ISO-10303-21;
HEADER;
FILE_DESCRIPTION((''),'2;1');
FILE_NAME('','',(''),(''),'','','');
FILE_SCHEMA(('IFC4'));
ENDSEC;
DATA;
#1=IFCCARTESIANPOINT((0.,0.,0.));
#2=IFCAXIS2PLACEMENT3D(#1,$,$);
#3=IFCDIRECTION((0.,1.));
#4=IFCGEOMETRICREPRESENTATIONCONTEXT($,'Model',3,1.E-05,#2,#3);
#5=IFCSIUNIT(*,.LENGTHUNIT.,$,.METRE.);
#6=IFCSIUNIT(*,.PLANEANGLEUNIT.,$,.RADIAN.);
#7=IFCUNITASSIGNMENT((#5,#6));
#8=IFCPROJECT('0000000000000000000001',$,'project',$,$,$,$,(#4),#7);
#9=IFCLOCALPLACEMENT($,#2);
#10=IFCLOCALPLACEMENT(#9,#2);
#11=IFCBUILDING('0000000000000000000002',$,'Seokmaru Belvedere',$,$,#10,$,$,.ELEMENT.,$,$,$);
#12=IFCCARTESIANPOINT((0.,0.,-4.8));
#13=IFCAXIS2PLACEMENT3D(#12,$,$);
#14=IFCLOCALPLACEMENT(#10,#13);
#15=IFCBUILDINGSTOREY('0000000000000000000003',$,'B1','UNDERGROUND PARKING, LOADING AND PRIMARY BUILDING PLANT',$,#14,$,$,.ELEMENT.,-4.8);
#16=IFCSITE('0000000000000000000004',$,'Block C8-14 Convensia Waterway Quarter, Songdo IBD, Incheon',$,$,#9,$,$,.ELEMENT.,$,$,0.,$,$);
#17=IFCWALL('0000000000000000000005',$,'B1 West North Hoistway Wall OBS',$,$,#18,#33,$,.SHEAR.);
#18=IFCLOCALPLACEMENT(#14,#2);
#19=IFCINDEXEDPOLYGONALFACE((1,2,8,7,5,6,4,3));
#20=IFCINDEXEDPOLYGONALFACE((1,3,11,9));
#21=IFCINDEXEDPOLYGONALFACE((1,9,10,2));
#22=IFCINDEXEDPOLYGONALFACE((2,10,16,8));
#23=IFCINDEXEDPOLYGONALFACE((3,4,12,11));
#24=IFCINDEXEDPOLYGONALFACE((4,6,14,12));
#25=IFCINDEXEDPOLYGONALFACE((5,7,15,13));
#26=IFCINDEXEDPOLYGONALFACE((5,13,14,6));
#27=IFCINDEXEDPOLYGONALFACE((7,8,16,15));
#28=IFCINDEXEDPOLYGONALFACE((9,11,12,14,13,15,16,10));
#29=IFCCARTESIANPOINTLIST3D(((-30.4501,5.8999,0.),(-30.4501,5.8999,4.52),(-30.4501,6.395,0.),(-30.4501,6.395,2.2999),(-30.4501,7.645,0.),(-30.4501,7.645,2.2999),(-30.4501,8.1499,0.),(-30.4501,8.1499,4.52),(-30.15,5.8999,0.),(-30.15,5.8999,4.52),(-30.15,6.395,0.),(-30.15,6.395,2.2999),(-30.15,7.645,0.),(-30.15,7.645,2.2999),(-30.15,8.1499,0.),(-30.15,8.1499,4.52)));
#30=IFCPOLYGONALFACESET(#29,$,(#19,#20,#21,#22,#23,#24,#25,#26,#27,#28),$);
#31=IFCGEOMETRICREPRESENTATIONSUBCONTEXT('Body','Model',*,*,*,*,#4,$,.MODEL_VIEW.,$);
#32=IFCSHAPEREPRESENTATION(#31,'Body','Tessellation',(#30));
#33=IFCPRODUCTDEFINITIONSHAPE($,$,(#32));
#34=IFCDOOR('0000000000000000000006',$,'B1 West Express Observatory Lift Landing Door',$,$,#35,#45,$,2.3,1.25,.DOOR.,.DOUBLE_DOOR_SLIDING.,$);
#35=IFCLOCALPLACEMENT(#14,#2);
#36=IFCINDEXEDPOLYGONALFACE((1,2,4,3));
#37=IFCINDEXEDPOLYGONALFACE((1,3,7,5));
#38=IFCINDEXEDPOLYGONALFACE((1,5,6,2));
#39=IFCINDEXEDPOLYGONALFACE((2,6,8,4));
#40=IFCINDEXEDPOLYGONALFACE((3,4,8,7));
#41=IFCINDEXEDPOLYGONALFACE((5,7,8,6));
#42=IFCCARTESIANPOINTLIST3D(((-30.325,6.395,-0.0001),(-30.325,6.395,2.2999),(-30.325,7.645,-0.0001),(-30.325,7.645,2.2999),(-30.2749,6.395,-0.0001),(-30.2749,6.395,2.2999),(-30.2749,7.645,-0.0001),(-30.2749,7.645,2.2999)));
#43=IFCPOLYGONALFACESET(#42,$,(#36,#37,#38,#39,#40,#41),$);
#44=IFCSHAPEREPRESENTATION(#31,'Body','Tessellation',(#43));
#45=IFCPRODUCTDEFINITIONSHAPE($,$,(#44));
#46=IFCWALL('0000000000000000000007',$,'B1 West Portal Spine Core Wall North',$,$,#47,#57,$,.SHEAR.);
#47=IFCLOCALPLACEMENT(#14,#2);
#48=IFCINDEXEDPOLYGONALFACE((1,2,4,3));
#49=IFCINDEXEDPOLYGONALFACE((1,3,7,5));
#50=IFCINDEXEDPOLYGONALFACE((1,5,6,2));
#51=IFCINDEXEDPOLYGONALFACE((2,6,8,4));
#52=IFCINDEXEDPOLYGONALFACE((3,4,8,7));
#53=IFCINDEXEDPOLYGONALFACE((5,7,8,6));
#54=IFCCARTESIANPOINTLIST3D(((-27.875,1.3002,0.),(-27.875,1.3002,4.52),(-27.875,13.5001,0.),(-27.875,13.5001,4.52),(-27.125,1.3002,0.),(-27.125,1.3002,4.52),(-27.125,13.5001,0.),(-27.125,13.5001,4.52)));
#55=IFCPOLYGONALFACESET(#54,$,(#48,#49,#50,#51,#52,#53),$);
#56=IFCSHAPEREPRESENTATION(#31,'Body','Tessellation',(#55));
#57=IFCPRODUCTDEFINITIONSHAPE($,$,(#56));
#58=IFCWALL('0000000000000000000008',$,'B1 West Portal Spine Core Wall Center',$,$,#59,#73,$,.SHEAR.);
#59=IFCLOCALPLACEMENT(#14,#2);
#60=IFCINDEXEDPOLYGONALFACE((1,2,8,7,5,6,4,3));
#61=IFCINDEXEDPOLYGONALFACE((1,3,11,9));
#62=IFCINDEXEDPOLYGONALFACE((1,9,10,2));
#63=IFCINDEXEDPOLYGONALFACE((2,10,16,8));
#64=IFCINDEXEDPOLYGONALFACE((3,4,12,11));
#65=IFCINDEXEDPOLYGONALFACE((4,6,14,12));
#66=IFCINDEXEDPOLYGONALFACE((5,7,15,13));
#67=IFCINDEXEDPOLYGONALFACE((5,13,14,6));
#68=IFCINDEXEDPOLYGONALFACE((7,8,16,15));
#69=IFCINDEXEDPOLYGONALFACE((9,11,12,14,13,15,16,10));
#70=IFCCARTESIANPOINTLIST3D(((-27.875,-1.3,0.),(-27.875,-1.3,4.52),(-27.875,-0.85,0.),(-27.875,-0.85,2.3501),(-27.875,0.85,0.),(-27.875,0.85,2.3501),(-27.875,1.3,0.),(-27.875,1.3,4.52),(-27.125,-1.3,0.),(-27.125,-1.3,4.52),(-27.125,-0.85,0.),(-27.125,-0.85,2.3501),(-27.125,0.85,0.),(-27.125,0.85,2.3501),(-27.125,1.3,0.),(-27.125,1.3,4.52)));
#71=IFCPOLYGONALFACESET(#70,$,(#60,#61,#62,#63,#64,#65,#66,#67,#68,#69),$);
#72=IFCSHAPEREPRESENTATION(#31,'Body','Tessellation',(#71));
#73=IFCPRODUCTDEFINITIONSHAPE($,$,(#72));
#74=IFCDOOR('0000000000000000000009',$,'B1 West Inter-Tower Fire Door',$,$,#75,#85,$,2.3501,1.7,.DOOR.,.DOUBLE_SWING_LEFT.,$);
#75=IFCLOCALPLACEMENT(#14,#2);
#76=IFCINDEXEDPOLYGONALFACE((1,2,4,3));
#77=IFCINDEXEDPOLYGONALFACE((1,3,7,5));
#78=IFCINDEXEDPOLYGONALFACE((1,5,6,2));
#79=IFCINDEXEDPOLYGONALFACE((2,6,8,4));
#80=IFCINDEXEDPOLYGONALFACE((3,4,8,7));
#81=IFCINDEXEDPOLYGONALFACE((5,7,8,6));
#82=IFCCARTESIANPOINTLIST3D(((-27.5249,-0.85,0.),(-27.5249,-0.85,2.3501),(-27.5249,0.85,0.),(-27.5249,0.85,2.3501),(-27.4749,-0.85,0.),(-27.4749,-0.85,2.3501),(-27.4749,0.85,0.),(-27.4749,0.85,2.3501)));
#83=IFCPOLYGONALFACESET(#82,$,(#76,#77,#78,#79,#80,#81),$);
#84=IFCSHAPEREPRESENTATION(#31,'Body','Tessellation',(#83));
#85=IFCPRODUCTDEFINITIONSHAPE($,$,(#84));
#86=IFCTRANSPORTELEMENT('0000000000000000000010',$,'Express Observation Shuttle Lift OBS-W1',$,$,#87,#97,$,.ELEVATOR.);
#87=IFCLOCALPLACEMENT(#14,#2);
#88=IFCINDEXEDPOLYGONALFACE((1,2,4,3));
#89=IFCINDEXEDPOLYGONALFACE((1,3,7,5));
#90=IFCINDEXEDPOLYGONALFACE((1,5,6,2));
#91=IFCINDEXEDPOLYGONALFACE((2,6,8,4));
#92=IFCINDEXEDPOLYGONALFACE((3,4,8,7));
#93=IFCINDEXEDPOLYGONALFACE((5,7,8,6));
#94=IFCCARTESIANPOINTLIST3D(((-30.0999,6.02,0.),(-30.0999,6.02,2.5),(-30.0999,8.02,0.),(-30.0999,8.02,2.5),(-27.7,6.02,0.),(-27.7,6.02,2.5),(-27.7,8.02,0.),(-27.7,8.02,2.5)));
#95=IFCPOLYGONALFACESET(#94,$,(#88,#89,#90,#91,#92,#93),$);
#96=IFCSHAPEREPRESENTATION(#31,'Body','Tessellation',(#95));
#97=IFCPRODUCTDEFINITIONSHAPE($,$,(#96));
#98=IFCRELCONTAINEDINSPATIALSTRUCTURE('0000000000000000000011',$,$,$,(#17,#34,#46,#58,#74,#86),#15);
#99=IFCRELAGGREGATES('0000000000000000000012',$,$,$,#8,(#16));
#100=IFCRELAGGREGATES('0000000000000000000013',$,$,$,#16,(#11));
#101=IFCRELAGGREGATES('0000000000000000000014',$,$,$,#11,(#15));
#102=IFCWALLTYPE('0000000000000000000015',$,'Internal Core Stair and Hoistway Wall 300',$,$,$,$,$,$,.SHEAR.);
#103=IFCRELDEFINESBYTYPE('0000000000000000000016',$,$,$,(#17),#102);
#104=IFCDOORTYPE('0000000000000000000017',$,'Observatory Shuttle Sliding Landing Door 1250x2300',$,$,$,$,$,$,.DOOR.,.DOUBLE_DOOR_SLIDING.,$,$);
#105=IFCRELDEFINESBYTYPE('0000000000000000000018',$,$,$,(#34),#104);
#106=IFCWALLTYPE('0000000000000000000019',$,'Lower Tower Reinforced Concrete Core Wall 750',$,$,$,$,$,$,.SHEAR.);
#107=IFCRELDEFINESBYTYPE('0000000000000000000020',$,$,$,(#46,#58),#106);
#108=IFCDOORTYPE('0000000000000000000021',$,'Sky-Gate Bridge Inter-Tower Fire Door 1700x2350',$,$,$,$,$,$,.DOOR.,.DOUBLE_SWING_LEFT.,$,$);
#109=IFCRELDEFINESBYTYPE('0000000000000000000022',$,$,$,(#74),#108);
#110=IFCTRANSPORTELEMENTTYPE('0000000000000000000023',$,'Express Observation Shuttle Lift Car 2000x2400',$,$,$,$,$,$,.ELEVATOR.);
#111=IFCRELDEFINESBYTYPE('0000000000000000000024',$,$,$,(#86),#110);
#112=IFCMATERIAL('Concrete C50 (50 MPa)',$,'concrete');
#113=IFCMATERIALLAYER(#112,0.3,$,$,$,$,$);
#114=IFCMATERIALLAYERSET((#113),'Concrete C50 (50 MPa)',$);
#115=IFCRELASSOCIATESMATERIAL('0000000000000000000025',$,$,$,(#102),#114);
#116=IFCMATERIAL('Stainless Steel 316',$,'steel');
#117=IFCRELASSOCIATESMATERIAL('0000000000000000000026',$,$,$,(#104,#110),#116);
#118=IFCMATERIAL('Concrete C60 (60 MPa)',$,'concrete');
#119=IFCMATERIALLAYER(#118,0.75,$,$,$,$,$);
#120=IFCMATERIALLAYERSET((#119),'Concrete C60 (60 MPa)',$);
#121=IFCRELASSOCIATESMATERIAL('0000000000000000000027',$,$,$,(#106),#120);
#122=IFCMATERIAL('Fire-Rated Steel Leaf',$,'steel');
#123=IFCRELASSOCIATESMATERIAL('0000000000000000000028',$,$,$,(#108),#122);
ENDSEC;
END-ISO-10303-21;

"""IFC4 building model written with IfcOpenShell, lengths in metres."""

from ifc_helpers import new_model, si_unit, direction, frame, frame_2d, origin, origin_2d, place, context, subcontext, project, spatial, rectangle, extrude, source, transform, mapped, material, layer, layer_set, type_object, type_shapes, element, fill, save


model = new_model("IFC4")

# Units and contexts
model_context = context("Model", 3, precision=1e-05, world=origin(), true_north=direction((0.0, 1.0)))
body_context = subcontext(model_context, "Body", "Model", "MODEL_VIEW")
ifc_project = project(units=[si_unit("LENGTHUNIT", "METRE"), si_unit("PLANEANGLEUNIT", "RADIAN")], contexts=[model_context])

# Site, building, storey
site_placement = place(None, origin())
site = spatial("IfcSite", under=ifc_project, at=site_placement, Name="Block C8-14 Convensia Waterway Quarter, Songdo IBD, Incheon", CompositionType="ELEMENT", RefElevation=0.0)
building_placement = place(site_placement, origin())
building = spatial("IfcBuilding", under=site, at=building_placement, Name="Seokmaru Belvedere", CompositionType="ELEMENT")
storey_placement = place(building_placement, frame((0.0, 0.0, -4.8)))
storey = spatial("IfcBuildingStorey", under=building, at=storey_placement, Name="B1", Description="UNDERGROUND PARKING, LOADING AND PRIMARY BUILDING PLANT", CompositionType="ELEMENT", Elevation=-4.8)

# Shared definitions
ifc_material_1 = material(Name="Concrete C60 (60 MPa)", Category="concrete")

# Shared definitions
ifc_material_2 = material(Name="Concrete C50 (50 MPa)", Category="concrete")

# Shared definitions
ifc_material_3 = material(Name="Fire-Rated Steel Leaf", Category="steel")

# Shared definitions
ifc_layer_1 = layer(ifc_material_2, 0.3)
ifc_layer_set_1 = layer_set([ifc_layer_1], Name="Concrete C50 (50 MPa)")
wall_type_1 = type_object("IfcWallType", Name="Internal Core Stair and Hoistway Wall 300", PredefinedType="SHEAR", material=ifc_layer_set_1)

# Wall, opening, door
wall_1_placement = place(storey_placement, frame((-30.3, 5.8999, 0.0), z_axis=(0.0, 0.0, 1.0), x_axis=(0.0, 1.0, 0.0)))
wall_1 = element("IfcWall", 1, at=wall_1_placement, inside=storey, type_object=wall_type_1, Name="B1 West North Hoistway Wall OBS", PredefinedType="SHEAR", context=body_context, shape_type="SweptSolid", body=[
    extrude(rectangle(XDim=2.25, YDim=0.3, at=frame_2d((1.125, 0.0))), origin(), (0.0, 0.0, 1.0), 4.52),
])
opening_1_placement = place(wall_1_placement, frame((0.4951, 0.0, 0.0)))
opening_1 = element("IfcOpeningElement", 2, at=opening_1_placement, cuts=wall_1, PredefinedType="OPENING", context=body_context, shape_type="SweptSolid", body=[
    extrude(rectangle(XDim=1.25, YDim=2.3, at=frame_2d((0.625, 1.1499))), frame((0.0, 0.1602, 0.0), z_axis=(0.0, -1.0, 0.0), x_axis=(1.0, 0.0, 0.0)), (0.0, 0.0, 1.0), 0.3201),
])
ifc_material_4 = material(Name="Stainless Steel 316", Category="steel")
door_type_1 = type_object("IfcDoorType", Name="Observatory Shuttle Sliding Landing Door 1250x2300", OperationType="DOUBLE_DOOR_SLIDING", PredefinedType="DOOR", material=ifc_material_4)
shared_shape_1 = source(origin(), body_context, "Body", "SweptSolid", [
    extrude(rectangle(XDim=1.25, YDim=2.3, at=frame_2d((0.625, 1.1499))), frame((0.0, 0.0249, 0.0), z_axis=(0.0, -1.0, 0.0), x_axis=(1.0, 0.0, 0.0)), (0.0, 0.0, 1.0), 0.05),
])
type_shapes(door_type_1, [shared_shape_1])
door_1_placement = place(opening_1_placement, origin())
door_1 = element("IfcDoor", 3, at=door_1_placement, inside=storey, type_object=door_type_1, Name="B1 West Express Observatory Lift Landing Door", OperationType="DOUBLE_DOOR_SLIDING", OverallHeight=2.3, OverallWidth=1.25, PredefinedType="DOOR", context=body_context, shape_type="MappedRepresentation", body=[
    mapped(shared_shape_1, transform((0.0, 0.0, 0.0), scale=1.0)),
])
fill(opening_1, door_1)

# Wall
ifc_layer_2 = layer(ifc_material_1, 0.75)
ifc_layer_set_2 = layer_set([ifc_layer_2], Name="Concrete C60 (60 MPa)")
wall_type_2 = type_object("IfcWallType", Name="Lower Tower Reinforced Concrete Core Wall 750", PredefinedType="SHEAR", material=ifc_layer_set_2)
wall_2_placement = place(storey_placement, frame((-27.5, 1.3, 0.0), z_axis=(0.0, 0.0, 1.0), x_axis=(0.0, 1.0, 0.0)))
element("IfcWall", 4, at=wall_2_placement, inside=storey, type_object=wall_type_2, Name="B1 West Portal Spine Core Wall North", PredefinedType="SHEAR", context=body_context, shape_type="SweptSolid", body=[
    extrude(rectangle(XDim=12.2, YDim=0.75, at=frame_2d((6.1001, 0.0))), origin(), (0.0, 0.0, 1.0), 4.52),
])

# Wall, opening, door
wall_3_placement = place(storey_placement, frame((-27.5, -1.3, 0.0), z_axis=(0.0, 0.0, 1.0), x_axis=(0.0, 1.0, 0.0)))
wall_3 = element("IfcWall", 5, at=wall_3_placement, inside=storey, type_object=wall_type_2, Name="B1 West Portal Spine Core Wall Center", PredefinedType="SHEAR", context=body_context, shape_type="SweptSolid", body=[
    extrude(rectangle(XDim=2.6001, YDim=0.75, at=frame_2d((1.3, 0.0))), origin(), (0.0, 0.0, 1.0), 4.52),
])
opening_2_placement = place(wall_3_placement, frame((0.45, 0.0, 0.0)))
opening_2 = element("IfcOpeningElement", 6, at=opening_2_placement, cuts=wall_3, PredefinedType="OPENING", context=body_context, shape_type="SweptSolid", body=[
    extrude(rectangle(XDim=1.7, YDim=2.3501, at=frame_2d((0.8501, 1.175))), frame((0.0, 0.385, 0.0), z_axis=(0.0, -1.0, 0.0), x_axis=(1.0, 0.0, 0.0)), (0.0, 0.0, 1.0), 0.77),
])
door_type_2 = type_object("IfcDoorType", Name="Sky-Gate Bridge Inter-Tower Fire Door 1700x2350", OperationType="DOUBLE_SWING_LEFT", PredefinedType="DOOR", material=ifc_material_3)
shared_shape_2 = source(origin(), body_context, "Body", "SweptSolid", [
    extrude(rectangle(XDim=1.7, YDim=2.3501, at=frame_2d((0.8501, 1.175))), frame((0.0, 0.0249, 0.0), z_axis=(0.0, -1.0, 0.0), x_axis=(1.0, 0.0, 0.0)), (0.0, 0.0, 1.0), 0.05),
])
type_shapes(door_type_2, [shared_shape_2])
door_2_placement = place(opening_2_placement, origin())
door_2 = element("IfcDoor", 7, at=door_2_placement, inside=storey, type_object=door_type_2, Name="B1 West Inter-Tower Fire Door", OperationType="DOUBLE_SWING_LEFT", OverallHeight=2.3501, OverallWidth=1.7, PredefinedType="DOOR", context=body_context, shape_type="MappedRepresentation", body=[
    mapped(shared_shape_2, transform((0.0, 0.0, 0.0), scale=1.0)),
])
fill(opening_2, door_2)

# Transport element
transport_element_type = type_object("IfcTransportElementType", Name="Express Observation Shuttle Lift Car 2000x2400", PredefinedType="ELEVATOR", material=ifc_material_4)
shared_shape_3 = source(origin(), body_context, "Body", "SweptSolid", [
    extrude(rectangle(XDim=2.3999, YDim=2.0, at=origin_2d()), origin(), (0.0, 0.0, 1.0), 2.5),
])
type_shapes(transport_element_type, [shared_shape_3])
transport_element_placement = place(storey_placement, frame((-28.8999, 7.02, 0.0), z_axis=(0.0, 0.0, 1.0), x_axis=(1.0, 0.0, 0.0)))
element("IfcTransportElement", 8, at=transport_element_placement, inside=storey, type_object=transport_element_type, Name="Express Observation Shuttle Lift OBS-W1", PredefinedType="ELEVATOR", context=body_context, shape_type="MappedRepresentation", body=[
    mapped(shared_shape_3, transform((0.0, 0.0, 0.0), scale=1.0)),
])

save(model, "model.ifc")
